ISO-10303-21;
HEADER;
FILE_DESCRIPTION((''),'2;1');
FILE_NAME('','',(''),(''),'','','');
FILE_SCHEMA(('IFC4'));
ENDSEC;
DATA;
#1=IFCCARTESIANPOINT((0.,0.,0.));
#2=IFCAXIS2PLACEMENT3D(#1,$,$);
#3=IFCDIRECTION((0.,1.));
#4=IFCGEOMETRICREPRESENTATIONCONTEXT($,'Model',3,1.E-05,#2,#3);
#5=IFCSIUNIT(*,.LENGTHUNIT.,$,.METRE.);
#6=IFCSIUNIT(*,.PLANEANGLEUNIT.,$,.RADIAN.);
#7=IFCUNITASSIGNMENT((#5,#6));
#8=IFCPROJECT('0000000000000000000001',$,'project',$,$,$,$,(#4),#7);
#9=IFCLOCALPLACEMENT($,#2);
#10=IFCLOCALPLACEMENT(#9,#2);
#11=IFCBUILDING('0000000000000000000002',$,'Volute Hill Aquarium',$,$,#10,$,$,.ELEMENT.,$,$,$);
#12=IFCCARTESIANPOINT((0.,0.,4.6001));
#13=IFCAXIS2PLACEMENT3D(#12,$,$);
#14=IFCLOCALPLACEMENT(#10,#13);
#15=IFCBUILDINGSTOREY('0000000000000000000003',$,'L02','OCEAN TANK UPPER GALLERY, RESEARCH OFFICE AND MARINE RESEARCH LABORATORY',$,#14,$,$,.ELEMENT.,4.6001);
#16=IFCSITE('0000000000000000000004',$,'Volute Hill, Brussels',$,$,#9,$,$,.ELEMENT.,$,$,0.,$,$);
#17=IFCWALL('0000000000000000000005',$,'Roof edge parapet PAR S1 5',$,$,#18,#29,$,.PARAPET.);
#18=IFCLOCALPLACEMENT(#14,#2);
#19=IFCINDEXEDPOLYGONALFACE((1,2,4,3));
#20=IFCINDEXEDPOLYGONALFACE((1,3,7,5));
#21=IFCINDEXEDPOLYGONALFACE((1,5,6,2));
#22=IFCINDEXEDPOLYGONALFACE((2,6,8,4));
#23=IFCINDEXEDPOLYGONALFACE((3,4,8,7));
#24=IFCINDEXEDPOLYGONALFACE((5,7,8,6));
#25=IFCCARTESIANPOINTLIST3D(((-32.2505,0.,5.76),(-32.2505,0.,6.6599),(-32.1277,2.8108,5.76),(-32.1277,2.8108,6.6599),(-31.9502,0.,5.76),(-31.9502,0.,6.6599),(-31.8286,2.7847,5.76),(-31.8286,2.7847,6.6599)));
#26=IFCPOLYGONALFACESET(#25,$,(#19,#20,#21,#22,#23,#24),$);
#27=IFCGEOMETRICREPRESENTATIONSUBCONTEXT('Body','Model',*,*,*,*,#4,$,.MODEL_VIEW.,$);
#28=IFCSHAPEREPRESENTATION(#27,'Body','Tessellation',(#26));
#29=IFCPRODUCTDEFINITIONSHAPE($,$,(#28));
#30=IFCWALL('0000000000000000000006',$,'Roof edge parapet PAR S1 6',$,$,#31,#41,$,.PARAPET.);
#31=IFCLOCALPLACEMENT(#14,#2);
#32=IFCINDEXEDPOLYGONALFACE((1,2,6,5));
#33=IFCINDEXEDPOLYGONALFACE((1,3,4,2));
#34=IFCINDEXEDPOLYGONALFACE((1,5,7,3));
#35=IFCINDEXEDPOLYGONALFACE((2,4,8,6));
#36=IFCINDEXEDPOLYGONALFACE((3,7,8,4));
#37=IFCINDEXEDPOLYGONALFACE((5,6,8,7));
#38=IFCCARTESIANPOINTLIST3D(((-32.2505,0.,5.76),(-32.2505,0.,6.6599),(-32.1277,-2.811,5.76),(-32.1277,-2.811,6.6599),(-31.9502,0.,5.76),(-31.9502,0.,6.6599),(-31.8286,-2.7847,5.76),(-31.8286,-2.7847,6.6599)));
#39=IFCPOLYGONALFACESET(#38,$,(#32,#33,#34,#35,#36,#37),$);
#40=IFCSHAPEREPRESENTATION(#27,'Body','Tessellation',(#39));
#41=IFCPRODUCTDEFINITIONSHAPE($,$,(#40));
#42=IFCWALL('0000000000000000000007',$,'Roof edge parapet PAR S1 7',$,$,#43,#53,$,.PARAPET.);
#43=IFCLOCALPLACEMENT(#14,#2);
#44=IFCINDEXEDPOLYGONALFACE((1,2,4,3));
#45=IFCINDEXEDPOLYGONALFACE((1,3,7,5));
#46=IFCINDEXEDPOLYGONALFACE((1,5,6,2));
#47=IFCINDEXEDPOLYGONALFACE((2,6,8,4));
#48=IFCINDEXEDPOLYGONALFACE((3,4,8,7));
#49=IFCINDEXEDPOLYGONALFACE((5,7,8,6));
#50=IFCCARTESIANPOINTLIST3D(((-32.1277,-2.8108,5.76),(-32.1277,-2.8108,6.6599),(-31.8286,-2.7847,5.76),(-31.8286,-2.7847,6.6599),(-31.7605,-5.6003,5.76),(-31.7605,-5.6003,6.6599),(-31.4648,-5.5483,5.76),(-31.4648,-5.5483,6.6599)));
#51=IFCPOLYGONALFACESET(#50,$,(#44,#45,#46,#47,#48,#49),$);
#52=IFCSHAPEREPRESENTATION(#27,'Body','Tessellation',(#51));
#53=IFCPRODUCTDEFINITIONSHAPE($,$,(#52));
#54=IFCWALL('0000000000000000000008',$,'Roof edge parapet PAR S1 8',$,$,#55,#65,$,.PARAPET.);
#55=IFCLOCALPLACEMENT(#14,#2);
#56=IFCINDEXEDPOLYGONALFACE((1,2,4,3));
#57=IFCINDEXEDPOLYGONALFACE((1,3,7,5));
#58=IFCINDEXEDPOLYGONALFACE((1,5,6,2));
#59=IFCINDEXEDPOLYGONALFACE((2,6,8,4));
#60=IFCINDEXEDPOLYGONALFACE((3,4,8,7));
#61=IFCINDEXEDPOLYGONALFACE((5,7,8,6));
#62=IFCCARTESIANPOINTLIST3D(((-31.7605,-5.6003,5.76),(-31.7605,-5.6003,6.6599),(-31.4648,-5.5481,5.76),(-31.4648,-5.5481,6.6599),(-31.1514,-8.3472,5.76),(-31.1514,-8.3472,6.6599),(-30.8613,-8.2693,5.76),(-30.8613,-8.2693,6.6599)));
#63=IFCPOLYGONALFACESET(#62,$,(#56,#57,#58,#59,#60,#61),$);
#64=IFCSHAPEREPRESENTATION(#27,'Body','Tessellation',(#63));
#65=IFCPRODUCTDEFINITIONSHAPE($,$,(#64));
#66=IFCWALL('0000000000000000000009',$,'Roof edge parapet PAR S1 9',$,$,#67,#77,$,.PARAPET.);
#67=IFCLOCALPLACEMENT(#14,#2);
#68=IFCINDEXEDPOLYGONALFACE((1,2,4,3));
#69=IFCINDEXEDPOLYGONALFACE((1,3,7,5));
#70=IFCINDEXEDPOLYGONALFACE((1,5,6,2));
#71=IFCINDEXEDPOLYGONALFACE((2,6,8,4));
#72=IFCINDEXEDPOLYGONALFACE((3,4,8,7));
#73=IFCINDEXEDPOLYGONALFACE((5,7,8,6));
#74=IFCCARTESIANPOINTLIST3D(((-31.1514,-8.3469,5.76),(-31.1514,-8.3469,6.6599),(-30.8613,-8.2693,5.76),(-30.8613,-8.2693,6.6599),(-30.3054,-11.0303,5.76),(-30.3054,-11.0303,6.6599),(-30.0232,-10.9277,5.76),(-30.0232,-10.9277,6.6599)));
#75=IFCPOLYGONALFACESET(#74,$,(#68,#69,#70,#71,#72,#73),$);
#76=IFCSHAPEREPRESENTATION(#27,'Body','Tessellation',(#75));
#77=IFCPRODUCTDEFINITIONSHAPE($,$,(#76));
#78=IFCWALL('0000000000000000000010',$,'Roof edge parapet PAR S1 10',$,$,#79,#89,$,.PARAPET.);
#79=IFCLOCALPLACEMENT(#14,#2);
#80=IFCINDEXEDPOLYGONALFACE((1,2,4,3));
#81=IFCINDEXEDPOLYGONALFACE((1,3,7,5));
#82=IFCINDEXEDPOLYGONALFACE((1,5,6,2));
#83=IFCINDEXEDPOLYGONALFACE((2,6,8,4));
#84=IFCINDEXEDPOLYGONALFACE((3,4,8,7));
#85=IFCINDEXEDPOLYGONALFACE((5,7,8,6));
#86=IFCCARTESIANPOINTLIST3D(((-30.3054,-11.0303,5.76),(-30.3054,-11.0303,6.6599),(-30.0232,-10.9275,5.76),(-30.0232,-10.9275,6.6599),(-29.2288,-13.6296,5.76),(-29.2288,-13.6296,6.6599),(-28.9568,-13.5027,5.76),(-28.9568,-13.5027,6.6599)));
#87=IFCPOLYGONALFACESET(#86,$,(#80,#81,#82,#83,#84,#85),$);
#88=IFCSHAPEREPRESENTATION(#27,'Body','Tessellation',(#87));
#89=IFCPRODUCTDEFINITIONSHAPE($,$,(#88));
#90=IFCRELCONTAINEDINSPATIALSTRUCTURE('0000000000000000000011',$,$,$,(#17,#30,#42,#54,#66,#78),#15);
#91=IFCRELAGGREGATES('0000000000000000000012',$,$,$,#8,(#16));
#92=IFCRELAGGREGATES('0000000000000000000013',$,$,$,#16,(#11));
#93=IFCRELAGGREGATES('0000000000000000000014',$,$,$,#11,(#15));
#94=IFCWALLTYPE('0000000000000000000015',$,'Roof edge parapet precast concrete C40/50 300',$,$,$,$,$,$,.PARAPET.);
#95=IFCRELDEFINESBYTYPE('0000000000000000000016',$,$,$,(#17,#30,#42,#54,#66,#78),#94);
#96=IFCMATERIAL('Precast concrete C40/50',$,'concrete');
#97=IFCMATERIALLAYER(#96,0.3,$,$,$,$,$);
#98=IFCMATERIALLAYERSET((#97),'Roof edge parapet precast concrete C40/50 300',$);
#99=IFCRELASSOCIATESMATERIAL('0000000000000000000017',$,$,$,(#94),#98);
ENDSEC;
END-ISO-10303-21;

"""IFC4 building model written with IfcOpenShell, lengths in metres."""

from ifc_helpers import new_model, si_unit, direction, frame, origin, place, context, subcontext, project, spatial, polyline, outline, extrude, material, layer, layer_set, type_object, element, save


model = new_model("IFC4")

# Units and contexts
model_context = context("Model", 3, precision=1e-05, world=origin(), true_north=direction((0.0, 1.0)))
body_context = subcontext(model_context, "Body", "Model", "MODEL_VIEW")
ifc_project = project(units=[si_unit("LENGTHUNIT", "METRE"), si_unit("PLANEANGLEUNIT", "RADIAN")], contexts=[model_context])

# Site, building, storey
site_placement = place(None, origin())
site = spatial("IfcSite", under=ifc_project, at=site_placement, Name="Volute Hill, Brussels", CompositionType="ELEMENT", RefElevation=0.0)
building_placement = place(site_placement, origin())
building = spatial("IfcBuilding", under=site, at=building_placement, Name="Volute Hill Aquarium", CompositionType="ELEMENT")
storey_placement = place(building_placement, frame((0.0, 0.0, 4.6001)))
storey = spatial("IfcBuildingStorey", under=building, at=storey_placement, Name="L02", Description="OCEAN TANK UPPER GALLERY, RESEARCH OFFICE AND MARINE RESEARCH LABORATORY", CompositionType="ELEMENT", Elevation=4.6001)

# Walls
ifc_material_1 = material(Name="Precast concrete C40/50", Category="concrete")
ifc_layer_1 = layer(ifc_material_1, 0.3)
ifc_layer_set_1 = layer_set([ifc_layer_1], Name="Roof edge parapet precast concrete C40/50 300")
wall_type_1 = type_object("IfcWallType", Name="Roof edge parapet precast concrete C40/50 300", PredefinedType="PARAPET", material=ifc_layer_set_1)
wall_1_placement = place(storey_placement, frame((0.0, 0.0, 5.76)))
element("IfcWall", 1, at=wall_1_placement, inside=storey, type_object=wall_type_1, Name="Roof edge parapet PAR S1 5", PredefinedType="PARAPET", context=body_context, shape_type="SweptSolid", body=[
    extrude(outline(polyline([(-31.8286, 2.7847), (-32.1277, 2.8108), (-32.2505, 0.0), (-31.9502, 0.0), (-31.8286, 2.7847)])), origin(), (0.0, 0.0, 1.0), 0.8999),
])
wall_2_placement = place(storey_placement, frame((0.0, 0.0, 5.76)))
element("IfcWall", 2, at=wall_2_placement, inside=storey, type_object=wall_type_1, Name="Roof edge parapet PAR S1 6", PredefinedType="PARAPET", context=body_context, shape_type="SweptSolid", body=[
    extrude(outline(polyline([(-31.9502, 0.0), (-32.2505, 0.0), (-32.1277, -2.811), (-31.8286, -2.7847), (-31.9502, 0.0)])), origin(), (0.0, 0.0, 1.0), 0.8999),
])
wall_3_placement = place(storey_placement, frame((0.0, 0.0, 5.76)))
element("IfcWall", 3, at=wall_3_placement, inside=storey, type_object=wall_type_1, Name="Roof edge parapet PAR S1 7", PredefinedType="PARAPET", context=body_context, shape_type="SweptSolid", body=[
    extrude(outline(polyline([(-31.8286, -2.7847), (-32.1277, -2.8108), (-31.7605, -5.6003), (-31.4648, -5.5483), (-31.8286, -2.7847)])), origin(), (0.0, 0.0, 1.0), 0.8999),
])
wall_4_placement = place(storey_placement, frame((0.0, 0.0, 5.76)))
element("IfcWall", 4, at=wall_4_placement, inside=storey, type_object=wall_type_1, Name="Roof edge parapet PAR S1 8", PredefinedType="PARAPET", context=body_context, shape_type="SweptSolid", body=[
    extrude(outline(polyline([(-31.4648, -5.5481), (-31.7605, -5.6003), (-31.1514, -8.3472), (-30.8613, -8.2693), (-31.4648, -5.5481)])), origin(), (0.0, 0.0, 1.0), 0.8999),
])
wall_5_placement = place(storey_placement, frame((0.0, 0.0, 5.76)))
element("IfcWall", 5, at=wall_5_placement, inside=storey, type_object=wall_type_1, Name="Roof edge parapet PAR S1 9", PredefinedType="PARAPET", context=body_context, shape_type="SweptSolid", body=[
    extrude(outline(polyline([(-30.8613, -8.2693), (-31.1514, -8.3469), (-30.3054, -11.0303), (-30.0232, -10.9277), (-30.8613, -8.2693)])), origin(), (0.0, 0.0, 1.0), 0.8999),
])
wall_6_placement = place(storey_placement, frame((0.0, 0.0, 5.76)))
element("IfcWall", 6, at=wall_6_placement, inside=storey, type_object=wall_type_1, Name="Roof edge parapet PAR S1 10", PredefinedType="PARAPET", context=body_context, shape_type="SweptSolid", body=[
    extrude(outline(polyline([(-29.2288, -13.6296), (-28.9568, -13.5027), (-30.0232, -10.9275), (-30.3054, -11.0303), (-29.2288, -13.6296)])), origin(), (0.0, 0.0, 1.0), 0.8999),
])

save(model, "model.ifc")
